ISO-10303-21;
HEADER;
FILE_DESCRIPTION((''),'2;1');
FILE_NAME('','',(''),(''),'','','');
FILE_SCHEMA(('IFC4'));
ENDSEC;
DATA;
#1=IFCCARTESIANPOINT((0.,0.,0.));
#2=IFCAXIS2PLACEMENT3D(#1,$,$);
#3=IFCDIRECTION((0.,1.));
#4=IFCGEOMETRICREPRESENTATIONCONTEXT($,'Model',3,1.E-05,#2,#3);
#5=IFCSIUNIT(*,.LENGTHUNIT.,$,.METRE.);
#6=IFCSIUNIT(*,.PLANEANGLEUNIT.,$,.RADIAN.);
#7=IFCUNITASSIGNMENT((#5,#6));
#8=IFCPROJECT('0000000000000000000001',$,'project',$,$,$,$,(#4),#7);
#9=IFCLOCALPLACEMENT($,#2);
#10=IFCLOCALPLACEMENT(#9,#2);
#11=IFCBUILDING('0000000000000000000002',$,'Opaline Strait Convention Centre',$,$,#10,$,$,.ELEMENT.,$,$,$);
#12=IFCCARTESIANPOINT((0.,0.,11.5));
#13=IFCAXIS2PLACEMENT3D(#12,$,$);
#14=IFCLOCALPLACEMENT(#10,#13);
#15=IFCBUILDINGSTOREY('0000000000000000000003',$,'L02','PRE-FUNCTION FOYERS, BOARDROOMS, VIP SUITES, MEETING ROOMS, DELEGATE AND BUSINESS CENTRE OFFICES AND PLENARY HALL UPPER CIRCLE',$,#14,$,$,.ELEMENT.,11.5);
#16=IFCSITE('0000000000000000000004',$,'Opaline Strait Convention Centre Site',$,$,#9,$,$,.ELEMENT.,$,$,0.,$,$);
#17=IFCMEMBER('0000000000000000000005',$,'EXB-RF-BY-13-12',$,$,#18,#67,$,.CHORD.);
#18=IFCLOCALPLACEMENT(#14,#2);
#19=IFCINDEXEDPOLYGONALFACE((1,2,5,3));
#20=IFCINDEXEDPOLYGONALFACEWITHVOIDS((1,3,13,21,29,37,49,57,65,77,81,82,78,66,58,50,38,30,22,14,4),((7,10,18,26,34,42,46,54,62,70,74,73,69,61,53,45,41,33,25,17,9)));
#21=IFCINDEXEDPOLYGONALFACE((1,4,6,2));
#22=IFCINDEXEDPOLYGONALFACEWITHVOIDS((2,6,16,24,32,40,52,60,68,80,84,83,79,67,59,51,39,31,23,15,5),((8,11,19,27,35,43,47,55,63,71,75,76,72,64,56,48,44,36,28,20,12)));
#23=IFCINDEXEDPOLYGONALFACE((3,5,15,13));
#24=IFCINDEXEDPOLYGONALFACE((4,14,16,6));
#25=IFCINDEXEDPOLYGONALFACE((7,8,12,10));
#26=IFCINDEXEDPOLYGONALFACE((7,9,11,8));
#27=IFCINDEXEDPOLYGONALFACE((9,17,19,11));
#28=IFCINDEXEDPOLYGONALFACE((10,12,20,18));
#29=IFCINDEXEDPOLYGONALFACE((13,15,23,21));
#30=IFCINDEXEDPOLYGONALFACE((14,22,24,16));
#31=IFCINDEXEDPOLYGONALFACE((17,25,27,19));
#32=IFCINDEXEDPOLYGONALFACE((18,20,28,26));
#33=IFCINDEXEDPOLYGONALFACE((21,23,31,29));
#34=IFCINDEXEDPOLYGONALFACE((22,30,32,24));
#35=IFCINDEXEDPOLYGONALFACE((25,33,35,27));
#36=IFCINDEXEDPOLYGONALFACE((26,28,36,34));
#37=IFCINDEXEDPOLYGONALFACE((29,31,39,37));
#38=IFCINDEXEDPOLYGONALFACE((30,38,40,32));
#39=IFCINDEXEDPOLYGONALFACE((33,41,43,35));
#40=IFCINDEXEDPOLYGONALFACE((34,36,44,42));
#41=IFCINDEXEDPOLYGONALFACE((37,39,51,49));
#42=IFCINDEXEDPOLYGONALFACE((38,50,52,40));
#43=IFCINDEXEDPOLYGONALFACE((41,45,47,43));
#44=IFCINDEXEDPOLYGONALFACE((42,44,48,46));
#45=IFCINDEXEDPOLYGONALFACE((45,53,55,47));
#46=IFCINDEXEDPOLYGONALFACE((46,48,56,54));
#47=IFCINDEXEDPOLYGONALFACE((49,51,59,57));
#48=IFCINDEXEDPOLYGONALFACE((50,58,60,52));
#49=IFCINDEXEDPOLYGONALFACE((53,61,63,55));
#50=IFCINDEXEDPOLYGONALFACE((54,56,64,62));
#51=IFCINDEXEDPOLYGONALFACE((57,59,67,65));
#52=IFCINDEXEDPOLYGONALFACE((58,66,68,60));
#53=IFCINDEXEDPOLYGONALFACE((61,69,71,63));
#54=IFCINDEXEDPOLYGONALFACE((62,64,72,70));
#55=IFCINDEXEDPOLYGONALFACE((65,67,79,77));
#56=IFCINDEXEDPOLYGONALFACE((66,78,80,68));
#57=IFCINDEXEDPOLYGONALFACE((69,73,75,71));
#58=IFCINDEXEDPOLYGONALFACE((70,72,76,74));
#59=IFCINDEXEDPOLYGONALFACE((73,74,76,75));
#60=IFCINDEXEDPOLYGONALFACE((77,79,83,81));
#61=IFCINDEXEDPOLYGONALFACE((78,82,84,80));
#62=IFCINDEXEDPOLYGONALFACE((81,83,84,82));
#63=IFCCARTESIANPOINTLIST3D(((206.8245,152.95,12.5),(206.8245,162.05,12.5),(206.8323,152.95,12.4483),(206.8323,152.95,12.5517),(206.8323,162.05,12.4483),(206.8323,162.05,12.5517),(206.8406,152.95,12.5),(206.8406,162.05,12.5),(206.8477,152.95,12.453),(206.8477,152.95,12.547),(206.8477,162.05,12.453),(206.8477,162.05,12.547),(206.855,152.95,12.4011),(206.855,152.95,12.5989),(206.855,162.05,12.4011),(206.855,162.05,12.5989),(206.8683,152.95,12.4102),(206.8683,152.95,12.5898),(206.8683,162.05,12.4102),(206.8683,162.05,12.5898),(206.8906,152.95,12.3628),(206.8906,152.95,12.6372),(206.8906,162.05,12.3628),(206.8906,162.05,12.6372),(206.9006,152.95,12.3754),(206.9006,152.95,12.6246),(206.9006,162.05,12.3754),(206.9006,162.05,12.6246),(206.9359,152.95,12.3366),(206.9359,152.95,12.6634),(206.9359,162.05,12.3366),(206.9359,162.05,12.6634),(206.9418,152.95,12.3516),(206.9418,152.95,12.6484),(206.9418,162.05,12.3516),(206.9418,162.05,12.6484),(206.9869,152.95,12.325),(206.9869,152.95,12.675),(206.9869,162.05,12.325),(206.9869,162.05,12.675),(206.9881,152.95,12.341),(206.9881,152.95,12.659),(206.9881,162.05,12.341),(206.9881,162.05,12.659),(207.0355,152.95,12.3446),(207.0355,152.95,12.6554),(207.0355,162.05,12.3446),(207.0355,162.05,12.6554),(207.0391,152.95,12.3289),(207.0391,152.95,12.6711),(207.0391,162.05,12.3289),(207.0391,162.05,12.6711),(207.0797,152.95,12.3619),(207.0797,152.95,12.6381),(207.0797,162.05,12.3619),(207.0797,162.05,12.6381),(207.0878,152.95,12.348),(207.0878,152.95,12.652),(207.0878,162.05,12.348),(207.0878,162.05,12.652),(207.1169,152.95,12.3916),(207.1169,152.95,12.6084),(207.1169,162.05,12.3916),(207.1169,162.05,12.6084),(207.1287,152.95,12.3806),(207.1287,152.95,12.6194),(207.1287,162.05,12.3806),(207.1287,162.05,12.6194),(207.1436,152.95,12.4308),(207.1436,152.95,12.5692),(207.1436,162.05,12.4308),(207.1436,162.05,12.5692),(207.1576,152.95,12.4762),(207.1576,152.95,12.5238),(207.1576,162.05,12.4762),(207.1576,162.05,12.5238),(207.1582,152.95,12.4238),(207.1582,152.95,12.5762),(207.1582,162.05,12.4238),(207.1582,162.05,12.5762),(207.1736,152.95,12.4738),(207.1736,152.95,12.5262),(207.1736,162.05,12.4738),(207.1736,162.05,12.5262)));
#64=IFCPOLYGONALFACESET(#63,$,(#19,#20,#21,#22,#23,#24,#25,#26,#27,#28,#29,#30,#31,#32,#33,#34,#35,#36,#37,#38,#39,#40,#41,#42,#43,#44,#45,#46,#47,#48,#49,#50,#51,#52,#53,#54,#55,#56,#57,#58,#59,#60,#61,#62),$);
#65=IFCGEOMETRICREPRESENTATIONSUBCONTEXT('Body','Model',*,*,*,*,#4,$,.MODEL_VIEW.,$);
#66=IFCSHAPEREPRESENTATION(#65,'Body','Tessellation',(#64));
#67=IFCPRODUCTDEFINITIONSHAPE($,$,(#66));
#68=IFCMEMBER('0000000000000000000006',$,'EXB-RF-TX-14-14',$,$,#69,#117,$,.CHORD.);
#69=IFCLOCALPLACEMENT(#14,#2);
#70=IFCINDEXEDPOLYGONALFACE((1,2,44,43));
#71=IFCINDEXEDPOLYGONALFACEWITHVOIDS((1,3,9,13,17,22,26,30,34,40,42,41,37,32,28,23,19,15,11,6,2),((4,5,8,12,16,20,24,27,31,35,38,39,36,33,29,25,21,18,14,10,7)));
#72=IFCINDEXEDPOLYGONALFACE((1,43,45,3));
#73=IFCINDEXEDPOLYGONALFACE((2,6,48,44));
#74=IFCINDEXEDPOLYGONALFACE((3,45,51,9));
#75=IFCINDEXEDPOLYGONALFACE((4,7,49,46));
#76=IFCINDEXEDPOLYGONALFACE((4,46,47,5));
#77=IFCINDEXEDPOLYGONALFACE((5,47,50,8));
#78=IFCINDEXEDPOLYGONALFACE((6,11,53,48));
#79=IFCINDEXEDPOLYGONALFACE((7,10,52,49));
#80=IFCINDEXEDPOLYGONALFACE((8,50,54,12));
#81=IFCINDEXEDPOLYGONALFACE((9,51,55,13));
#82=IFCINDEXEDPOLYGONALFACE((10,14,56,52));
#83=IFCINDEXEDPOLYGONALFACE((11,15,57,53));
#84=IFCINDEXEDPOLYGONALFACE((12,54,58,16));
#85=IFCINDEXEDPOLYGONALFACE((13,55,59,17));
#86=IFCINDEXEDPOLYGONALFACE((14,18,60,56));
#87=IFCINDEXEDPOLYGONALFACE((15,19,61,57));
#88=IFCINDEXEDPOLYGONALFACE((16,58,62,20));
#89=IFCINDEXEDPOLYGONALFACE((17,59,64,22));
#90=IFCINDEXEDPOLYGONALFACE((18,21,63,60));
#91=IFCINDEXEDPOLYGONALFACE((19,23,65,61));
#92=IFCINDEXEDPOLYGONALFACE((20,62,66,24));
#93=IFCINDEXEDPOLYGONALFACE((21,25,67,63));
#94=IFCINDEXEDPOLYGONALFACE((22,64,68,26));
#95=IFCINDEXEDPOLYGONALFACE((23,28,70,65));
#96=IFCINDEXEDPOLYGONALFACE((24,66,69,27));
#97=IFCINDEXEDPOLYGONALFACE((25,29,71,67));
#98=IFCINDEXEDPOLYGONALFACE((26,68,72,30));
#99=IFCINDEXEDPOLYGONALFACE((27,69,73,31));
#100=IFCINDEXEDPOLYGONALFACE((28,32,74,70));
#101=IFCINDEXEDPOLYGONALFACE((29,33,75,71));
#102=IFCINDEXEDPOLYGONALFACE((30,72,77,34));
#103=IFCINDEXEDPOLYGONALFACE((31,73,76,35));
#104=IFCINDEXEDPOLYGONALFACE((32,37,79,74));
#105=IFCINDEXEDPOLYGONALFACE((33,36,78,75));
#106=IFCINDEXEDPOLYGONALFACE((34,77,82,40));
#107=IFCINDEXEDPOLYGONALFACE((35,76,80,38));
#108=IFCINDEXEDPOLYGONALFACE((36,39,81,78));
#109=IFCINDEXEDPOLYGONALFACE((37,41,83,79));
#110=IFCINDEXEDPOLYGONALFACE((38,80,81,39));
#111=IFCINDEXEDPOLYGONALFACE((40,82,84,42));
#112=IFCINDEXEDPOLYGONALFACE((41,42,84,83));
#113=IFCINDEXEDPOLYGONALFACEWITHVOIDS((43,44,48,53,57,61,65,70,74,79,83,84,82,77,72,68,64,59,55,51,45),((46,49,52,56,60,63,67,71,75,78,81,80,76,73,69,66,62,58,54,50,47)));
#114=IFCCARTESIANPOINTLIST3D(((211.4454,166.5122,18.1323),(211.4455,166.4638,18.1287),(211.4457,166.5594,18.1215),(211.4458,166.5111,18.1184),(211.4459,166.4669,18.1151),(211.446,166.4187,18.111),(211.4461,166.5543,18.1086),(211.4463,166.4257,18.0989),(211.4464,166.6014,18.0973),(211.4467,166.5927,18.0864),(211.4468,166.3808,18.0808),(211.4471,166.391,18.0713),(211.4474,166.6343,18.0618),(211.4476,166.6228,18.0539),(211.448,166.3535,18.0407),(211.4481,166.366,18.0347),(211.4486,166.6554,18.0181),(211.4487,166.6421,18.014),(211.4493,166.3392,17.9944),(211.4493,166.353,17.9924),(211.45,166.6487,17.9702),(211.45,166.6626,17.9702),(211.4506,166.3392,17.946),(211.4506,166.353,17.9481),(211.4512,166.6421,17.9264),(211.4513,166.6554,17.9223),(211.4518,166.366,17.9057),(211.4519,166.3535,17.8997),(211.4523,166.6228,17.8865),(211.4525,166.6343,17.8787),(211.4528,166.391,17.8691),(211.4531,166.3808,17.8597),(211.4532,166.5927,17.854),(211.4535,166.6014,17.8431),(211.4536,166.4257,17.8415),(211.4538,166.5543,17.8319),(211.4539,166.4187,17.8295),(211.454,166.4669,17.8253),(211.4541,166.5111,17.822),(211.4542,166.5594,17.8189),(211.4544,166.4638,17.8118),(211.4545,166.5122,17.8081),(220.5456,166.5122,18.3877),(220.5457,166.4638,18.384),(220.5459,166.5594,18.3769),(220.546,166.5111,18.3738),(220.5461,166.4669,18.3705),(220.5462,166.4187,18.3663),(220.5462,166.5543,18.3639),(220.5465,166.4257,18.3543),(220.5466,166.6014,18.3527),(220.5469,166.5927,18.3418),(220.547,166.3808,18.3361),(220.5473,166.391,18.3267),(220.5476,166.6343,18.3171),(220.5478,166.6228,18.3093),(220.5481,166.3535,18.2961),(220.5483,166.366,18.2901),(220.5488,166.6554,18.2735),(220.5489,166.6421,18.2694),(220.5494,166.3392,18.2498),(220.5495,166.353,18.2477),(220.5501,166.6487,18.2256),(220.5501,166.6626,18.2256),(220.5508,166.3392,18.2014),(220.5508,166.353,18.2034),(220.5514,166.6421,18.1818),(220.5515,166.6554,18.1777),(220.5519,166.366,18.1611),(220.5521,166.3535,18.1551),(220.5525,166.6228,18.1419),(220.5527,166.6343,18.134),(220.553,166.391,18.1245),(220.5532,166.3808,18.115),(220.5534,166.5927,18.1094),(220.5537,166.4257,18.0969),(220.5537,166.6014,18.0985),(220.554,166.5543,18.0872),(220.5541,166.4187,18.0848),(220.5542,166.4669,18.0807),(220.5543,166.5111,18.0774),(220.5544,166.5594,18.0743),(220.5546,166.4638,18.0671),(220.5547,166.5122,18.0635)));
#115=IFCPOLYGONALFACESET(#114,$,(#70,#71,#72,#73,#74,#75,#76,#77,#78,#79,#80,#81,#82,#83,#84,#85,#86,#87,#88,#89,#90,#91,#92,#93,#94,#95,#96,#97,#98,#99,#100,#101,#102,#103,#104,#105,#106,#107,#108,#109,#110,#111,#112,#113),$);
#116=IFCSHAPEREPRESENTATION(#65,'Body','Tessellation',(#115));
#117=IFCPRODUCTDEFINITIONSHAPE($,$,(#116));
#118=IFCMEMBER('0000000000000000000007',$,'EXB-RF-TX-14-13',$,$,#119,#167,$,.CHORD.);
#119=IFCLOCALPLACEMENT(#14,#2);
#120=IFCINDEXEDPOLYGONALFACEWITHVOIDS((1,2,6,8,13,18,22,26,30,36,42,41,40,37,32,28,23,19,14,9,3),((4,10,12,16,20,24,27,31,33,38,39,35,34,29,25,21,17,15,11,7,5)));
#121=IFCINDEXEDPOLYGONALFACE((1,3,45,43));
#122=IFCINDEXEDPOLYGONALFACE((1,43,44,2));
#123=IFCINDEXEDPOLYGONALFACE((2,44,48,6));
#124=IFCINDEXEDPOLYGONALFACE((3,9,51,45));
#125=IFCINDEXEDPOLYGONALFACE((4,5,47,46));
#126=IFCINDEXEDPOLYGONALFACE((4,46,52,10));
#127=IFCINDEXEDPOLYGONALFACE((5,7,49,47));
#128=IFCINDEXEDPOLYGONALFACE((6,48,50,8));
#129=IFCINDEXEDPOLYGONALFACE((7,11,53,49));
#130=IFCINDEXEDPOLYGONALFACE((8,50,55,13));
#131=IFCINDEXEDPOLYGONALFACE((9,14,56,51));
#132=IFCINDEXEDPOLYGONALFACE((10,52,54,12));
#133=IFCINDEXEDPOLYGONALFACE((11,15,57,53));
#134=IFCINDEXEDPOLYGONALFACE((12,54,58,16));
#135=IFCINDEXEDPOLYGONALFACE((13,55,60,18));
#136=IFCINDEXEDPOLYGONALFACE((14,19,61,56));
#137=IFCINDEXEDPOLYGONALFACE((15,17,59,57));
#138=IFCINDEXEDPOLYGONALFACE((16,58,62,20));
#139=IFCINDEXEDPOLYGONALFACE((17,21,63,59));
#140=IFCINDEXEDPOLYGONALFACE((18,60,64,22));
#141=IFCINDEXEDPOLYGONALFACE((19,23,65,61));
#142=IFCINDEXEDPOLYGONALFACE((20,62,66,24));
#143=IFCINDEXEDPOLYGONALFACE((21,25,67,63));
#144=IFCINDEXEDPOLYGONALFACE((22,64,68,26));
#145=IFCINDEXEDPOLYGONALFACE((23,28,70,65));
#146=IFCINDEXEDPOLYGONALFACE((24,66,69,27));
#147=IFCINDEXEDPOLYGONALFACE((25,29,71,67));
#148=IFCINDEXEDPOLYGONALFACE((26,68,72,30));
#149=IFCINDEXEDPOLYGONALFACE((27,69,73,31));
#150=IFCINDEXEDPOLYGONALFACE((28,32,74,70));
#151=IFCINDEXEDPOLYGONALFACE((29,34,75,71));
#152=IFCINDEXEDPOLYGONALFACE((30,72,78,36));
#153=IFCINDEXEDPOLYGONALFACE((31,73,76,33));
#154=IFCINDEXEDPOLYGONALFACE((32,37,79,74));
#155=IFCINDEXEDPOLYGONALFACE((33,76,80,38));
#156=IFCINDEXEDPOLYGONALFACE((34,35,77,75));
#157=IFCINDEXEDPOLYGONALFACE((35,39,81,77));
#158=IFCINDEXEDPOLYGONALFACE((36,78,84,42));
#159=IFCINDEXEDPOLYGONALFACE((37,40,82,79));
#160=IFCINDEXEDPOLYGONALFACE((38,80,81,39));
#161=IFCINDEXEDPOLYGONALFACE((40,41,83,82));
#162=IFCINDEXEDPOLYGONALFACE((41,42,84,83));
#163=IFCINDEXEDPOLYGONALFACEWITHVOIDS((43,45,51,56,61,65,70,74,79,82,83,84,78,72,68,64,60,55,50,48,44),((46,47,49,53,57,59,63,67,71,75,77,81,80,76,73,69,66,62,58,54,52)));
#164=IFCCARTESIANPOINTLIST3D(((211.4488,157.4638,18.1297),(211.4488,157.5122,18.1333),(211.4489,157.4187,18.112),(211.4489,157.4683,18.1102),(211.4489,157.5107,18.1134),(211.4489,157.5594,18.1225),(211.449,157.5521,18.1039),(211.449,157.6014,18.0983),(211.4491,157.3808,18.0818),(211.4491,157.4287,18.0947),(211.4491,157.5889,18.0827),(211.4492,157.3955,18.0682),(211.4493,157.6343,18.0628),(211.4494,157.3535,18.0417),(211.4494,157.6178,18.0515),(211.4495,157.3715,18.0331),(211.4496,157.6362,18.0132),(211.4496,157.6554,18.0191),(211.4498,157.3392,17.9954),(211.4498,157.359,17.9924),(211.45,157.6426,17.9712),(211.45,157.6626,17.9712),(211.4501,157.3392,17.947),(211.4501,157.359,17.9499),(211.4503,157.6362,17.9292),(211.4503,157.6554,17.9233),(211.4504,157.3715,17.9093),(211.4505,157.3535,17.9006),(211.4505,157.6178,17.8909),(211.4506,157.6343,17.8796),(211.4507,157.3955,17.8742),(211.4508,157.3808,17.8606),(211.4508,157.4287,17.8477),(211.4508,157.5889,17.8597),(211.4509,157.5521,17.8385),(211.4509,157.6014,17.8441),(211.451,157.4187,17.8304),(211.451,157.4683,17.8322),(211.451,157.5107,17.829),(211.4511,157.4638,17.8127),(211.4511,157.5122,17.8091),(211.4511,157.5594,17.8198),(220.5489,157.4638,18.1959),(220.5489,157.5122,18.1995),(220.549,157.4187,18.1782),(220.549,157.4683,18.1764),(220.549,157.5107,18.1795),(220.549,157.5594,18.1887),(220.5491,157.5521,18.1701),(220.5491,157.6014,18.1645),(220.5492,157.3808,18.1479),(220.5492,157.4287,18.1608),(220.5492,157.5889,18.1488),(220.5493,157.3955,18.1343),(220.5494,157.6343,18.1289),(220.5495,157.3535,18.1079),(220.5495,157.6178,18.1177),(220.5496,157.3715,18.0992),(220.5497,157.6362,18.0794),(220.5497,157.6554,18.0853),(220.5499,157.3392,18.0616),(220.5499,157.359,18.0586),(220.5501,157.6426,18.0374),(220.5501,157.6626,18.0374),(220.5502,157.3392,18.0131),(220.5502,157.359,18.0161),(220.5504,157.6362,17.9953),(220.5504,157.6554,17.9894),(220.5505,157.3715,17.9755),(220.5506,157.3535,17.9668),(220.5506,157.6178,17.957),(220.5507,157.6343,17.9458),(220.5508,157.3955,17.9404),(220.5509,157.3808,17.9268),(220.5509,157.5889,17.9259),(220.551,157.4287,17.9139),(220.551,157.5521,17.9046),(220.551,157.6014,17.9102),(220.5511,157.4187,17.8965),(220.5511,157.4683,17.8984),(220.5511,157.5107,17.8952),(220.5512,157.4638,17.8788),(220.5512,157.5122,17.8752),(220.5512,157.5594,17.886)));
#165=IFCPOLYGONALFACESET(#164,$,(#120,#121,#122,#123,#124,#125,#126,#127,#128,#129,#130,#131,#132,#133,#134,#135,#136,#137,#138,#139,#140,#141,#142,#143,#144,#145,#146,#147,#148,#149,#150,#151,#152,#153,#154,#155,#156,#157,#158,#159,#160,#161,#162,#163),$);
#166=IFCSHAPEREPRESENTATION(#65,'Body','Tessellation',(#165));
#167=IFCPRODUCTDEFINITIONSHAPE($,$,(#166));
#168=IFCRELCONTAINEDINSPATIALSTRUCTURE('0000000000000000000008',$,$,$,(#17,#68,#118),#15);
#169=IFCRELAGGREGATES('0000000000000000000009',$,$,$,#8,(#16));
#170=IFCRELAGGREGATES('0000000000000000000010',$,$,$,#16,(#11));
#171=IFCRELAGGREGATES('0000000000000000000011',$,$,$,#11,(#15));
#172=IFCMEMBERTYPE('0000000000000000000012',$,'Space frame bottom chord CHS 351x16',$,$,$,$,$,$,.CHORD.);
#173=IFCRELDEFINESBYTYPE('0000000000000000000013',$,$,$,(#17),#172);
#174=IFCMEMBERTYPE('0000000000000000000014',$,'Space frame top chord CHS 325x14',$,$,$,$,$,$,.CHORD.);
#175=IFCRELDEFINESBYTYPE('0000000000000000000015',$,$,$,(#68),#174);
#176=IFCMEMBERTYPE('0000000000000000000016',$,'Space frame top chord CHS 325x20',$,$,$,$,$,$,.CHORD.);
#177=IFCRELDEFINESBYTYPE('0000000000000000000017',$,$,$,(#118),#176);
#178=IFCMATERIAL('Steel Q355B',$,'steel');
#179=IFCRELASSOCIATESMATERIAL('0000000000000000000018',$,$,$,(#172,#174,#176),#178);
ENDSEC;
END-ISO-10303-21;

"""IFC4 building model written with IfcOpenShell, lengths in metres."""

from ifc_helpers import new_model, si_unit, direction, frame, origin, origin_2d, place, context, subcontext, project, spatial, hollow_circle, extrude, material, material_profile, profile_set, type_object, element, save


model = new_model("IFC4")

# Units and contexts
model_context = context("Model", 3, precision=1e-05, world=origin(), true_north=direction((0.0, 1.0)))
body_context = subcontext(model_context, "Body", "Model", "MODEL_VIEW")
ifc_project = project(units=[si_unit("LENGTHUNIT", "METRE"), si_unit("PLANEANGLEUNIT", "RADIAN")], contexts=[model_context])

# Site, building, storey
site_placement = place(None, origin())
site = spatial("IfcSite", under=ifc_project, at=site_placement, Name="Opaline Strait Convention Centre Site", CompositionType="ELEMENT", RefElevation=0.0)
building_placement = place(site_placement, origin())
building = spatial("IfcBuilding", under=site, at=building_placement, Name="Opaline Strait Convention Centre", CompositionType="ELEMENT")
storey_placement = place(building_placement, frame((0.0, 0.0, 11.5)))
storey = spatial("IfcBuildingStorey", under=building, at=storey_placement, Name="L02", Description="PRE-FUNCTION FOYERS, BOARDROOMS, VIP SUITES, MEETING ROOMS, DELEGATE AND BUSINESS CENTRE OFFICES AND PLENARY HALL UPPER CIRCLE", CompositionType="ELEMENT", Elevation=11.5)

# Members
ifc_material_1 = material(Name="Steel Q355B", Category="steel")
ifc_material_profile_1 = material_profile(ifc_material_1, hollow_circle(Radius=0.1755, WallThickness=0.0161, at=origin_2d()), Name="CHS 351x16")
ifc_profile_set_1 = profile_set([ifc_material_profile_1], Name="Steel Q355B")
member_type_1 = type_object("IfcMemberType", Name="Space frame bottom chord CHS 351x16", PredefinedType="CHORD", material=ifc_profile_set_1)
for number, where, z_axis, x_axis, name in (
    (1, (207.0, 152.95, 12.5), (0.0, 1.0, 0.0), (-1.0, 0.0, 0.0), "EXB-RF-BY-13-12"),
):
    element("IfcMember", number, at=place(storey_placement, frame(where, z_axis=z_axis, x_axis=x_axis)), inside=storey, type_object=member_type_1, Name=name, PredefinedType="CHORD", context=body_context, shape_type="SweptSolid", body=[
        extrude(hollow_circle(Radius=0.1755, WallThickness=0.0161, at=origin_2d()), origin(), (0.0, 0.0, 1.0), 9.1001),
    ])
ifc_material_profile_2 = material_profile(ifc_material_1, hollow_circle(Radius=0.1626, WallThickness=0.0139, at=origin_2d()), Name="CHS 325x14")
ifc_profile_set_2 = profile_set([ifc_material_profile_2], Name="Steel Q355B")
member_type_2 = type_object("IfcMemberType", Name="Space frame top chord CHS 325x14", PredefinedType="CHORD", material=ifc_profile_set_2)
member_1_placement = place(storey_placement, frame((211.45, 166.5, 17.9702), z_axis=(0.999606, 0.0, 0.028051), x_axis=(0.0, 1.0, 0.0)))
element("IfcMember", 2, at=member_1_placement, inside=storey, type_object=member_type_2, Name="EXB-RF-TX-14-14", PredefinedType="CHORD", context=body_context, shape_type="SweptSolid", body=[
    extrude(hollow_circle(Radius=0.1626, WallThickness=0.0139, at=origin_2d()), origin(), (0.0, 0.0, 1.0), 9.1038),
])
ifc_material_profile_3 = material_profile(ifc_material_1, hollow_circle(Radius=0.1626, WallThickness=0.02, at=origin_2d()), Name="CHS 325x20")
ifc_profile_set_3 = profile_set([ifc_material_profile_3], Name="Steel Q355B")
member_type_3 = type_object("IfcMemberType", Name="Space frame top chord CHS 325x20", PredefinedType="CHORD", material=ifc_profile_set_3)
member_2_placement = place(storey_placement, frame((211.45, 157.5, 17.9712), z_axis=(0.999974, 0.0, 0.00727), x_axis=(0.0, 1.0, 0.0)))
element("IfcMember", 3, at=member_2_placement, inside=storey, type_object=member_type_3, Name="EXB-RF-TX-14-13", PredefinedType="CHORD", context=body_context, shape_type="SweptSolid", body=[
    extrude(hollow_circle(Radius=0.1626, WallThickness=0.02, at=origin_2d()), origin(), (0.0, 0.0, 1.0), 9.1003),
])

save(model, "model.ifc")
